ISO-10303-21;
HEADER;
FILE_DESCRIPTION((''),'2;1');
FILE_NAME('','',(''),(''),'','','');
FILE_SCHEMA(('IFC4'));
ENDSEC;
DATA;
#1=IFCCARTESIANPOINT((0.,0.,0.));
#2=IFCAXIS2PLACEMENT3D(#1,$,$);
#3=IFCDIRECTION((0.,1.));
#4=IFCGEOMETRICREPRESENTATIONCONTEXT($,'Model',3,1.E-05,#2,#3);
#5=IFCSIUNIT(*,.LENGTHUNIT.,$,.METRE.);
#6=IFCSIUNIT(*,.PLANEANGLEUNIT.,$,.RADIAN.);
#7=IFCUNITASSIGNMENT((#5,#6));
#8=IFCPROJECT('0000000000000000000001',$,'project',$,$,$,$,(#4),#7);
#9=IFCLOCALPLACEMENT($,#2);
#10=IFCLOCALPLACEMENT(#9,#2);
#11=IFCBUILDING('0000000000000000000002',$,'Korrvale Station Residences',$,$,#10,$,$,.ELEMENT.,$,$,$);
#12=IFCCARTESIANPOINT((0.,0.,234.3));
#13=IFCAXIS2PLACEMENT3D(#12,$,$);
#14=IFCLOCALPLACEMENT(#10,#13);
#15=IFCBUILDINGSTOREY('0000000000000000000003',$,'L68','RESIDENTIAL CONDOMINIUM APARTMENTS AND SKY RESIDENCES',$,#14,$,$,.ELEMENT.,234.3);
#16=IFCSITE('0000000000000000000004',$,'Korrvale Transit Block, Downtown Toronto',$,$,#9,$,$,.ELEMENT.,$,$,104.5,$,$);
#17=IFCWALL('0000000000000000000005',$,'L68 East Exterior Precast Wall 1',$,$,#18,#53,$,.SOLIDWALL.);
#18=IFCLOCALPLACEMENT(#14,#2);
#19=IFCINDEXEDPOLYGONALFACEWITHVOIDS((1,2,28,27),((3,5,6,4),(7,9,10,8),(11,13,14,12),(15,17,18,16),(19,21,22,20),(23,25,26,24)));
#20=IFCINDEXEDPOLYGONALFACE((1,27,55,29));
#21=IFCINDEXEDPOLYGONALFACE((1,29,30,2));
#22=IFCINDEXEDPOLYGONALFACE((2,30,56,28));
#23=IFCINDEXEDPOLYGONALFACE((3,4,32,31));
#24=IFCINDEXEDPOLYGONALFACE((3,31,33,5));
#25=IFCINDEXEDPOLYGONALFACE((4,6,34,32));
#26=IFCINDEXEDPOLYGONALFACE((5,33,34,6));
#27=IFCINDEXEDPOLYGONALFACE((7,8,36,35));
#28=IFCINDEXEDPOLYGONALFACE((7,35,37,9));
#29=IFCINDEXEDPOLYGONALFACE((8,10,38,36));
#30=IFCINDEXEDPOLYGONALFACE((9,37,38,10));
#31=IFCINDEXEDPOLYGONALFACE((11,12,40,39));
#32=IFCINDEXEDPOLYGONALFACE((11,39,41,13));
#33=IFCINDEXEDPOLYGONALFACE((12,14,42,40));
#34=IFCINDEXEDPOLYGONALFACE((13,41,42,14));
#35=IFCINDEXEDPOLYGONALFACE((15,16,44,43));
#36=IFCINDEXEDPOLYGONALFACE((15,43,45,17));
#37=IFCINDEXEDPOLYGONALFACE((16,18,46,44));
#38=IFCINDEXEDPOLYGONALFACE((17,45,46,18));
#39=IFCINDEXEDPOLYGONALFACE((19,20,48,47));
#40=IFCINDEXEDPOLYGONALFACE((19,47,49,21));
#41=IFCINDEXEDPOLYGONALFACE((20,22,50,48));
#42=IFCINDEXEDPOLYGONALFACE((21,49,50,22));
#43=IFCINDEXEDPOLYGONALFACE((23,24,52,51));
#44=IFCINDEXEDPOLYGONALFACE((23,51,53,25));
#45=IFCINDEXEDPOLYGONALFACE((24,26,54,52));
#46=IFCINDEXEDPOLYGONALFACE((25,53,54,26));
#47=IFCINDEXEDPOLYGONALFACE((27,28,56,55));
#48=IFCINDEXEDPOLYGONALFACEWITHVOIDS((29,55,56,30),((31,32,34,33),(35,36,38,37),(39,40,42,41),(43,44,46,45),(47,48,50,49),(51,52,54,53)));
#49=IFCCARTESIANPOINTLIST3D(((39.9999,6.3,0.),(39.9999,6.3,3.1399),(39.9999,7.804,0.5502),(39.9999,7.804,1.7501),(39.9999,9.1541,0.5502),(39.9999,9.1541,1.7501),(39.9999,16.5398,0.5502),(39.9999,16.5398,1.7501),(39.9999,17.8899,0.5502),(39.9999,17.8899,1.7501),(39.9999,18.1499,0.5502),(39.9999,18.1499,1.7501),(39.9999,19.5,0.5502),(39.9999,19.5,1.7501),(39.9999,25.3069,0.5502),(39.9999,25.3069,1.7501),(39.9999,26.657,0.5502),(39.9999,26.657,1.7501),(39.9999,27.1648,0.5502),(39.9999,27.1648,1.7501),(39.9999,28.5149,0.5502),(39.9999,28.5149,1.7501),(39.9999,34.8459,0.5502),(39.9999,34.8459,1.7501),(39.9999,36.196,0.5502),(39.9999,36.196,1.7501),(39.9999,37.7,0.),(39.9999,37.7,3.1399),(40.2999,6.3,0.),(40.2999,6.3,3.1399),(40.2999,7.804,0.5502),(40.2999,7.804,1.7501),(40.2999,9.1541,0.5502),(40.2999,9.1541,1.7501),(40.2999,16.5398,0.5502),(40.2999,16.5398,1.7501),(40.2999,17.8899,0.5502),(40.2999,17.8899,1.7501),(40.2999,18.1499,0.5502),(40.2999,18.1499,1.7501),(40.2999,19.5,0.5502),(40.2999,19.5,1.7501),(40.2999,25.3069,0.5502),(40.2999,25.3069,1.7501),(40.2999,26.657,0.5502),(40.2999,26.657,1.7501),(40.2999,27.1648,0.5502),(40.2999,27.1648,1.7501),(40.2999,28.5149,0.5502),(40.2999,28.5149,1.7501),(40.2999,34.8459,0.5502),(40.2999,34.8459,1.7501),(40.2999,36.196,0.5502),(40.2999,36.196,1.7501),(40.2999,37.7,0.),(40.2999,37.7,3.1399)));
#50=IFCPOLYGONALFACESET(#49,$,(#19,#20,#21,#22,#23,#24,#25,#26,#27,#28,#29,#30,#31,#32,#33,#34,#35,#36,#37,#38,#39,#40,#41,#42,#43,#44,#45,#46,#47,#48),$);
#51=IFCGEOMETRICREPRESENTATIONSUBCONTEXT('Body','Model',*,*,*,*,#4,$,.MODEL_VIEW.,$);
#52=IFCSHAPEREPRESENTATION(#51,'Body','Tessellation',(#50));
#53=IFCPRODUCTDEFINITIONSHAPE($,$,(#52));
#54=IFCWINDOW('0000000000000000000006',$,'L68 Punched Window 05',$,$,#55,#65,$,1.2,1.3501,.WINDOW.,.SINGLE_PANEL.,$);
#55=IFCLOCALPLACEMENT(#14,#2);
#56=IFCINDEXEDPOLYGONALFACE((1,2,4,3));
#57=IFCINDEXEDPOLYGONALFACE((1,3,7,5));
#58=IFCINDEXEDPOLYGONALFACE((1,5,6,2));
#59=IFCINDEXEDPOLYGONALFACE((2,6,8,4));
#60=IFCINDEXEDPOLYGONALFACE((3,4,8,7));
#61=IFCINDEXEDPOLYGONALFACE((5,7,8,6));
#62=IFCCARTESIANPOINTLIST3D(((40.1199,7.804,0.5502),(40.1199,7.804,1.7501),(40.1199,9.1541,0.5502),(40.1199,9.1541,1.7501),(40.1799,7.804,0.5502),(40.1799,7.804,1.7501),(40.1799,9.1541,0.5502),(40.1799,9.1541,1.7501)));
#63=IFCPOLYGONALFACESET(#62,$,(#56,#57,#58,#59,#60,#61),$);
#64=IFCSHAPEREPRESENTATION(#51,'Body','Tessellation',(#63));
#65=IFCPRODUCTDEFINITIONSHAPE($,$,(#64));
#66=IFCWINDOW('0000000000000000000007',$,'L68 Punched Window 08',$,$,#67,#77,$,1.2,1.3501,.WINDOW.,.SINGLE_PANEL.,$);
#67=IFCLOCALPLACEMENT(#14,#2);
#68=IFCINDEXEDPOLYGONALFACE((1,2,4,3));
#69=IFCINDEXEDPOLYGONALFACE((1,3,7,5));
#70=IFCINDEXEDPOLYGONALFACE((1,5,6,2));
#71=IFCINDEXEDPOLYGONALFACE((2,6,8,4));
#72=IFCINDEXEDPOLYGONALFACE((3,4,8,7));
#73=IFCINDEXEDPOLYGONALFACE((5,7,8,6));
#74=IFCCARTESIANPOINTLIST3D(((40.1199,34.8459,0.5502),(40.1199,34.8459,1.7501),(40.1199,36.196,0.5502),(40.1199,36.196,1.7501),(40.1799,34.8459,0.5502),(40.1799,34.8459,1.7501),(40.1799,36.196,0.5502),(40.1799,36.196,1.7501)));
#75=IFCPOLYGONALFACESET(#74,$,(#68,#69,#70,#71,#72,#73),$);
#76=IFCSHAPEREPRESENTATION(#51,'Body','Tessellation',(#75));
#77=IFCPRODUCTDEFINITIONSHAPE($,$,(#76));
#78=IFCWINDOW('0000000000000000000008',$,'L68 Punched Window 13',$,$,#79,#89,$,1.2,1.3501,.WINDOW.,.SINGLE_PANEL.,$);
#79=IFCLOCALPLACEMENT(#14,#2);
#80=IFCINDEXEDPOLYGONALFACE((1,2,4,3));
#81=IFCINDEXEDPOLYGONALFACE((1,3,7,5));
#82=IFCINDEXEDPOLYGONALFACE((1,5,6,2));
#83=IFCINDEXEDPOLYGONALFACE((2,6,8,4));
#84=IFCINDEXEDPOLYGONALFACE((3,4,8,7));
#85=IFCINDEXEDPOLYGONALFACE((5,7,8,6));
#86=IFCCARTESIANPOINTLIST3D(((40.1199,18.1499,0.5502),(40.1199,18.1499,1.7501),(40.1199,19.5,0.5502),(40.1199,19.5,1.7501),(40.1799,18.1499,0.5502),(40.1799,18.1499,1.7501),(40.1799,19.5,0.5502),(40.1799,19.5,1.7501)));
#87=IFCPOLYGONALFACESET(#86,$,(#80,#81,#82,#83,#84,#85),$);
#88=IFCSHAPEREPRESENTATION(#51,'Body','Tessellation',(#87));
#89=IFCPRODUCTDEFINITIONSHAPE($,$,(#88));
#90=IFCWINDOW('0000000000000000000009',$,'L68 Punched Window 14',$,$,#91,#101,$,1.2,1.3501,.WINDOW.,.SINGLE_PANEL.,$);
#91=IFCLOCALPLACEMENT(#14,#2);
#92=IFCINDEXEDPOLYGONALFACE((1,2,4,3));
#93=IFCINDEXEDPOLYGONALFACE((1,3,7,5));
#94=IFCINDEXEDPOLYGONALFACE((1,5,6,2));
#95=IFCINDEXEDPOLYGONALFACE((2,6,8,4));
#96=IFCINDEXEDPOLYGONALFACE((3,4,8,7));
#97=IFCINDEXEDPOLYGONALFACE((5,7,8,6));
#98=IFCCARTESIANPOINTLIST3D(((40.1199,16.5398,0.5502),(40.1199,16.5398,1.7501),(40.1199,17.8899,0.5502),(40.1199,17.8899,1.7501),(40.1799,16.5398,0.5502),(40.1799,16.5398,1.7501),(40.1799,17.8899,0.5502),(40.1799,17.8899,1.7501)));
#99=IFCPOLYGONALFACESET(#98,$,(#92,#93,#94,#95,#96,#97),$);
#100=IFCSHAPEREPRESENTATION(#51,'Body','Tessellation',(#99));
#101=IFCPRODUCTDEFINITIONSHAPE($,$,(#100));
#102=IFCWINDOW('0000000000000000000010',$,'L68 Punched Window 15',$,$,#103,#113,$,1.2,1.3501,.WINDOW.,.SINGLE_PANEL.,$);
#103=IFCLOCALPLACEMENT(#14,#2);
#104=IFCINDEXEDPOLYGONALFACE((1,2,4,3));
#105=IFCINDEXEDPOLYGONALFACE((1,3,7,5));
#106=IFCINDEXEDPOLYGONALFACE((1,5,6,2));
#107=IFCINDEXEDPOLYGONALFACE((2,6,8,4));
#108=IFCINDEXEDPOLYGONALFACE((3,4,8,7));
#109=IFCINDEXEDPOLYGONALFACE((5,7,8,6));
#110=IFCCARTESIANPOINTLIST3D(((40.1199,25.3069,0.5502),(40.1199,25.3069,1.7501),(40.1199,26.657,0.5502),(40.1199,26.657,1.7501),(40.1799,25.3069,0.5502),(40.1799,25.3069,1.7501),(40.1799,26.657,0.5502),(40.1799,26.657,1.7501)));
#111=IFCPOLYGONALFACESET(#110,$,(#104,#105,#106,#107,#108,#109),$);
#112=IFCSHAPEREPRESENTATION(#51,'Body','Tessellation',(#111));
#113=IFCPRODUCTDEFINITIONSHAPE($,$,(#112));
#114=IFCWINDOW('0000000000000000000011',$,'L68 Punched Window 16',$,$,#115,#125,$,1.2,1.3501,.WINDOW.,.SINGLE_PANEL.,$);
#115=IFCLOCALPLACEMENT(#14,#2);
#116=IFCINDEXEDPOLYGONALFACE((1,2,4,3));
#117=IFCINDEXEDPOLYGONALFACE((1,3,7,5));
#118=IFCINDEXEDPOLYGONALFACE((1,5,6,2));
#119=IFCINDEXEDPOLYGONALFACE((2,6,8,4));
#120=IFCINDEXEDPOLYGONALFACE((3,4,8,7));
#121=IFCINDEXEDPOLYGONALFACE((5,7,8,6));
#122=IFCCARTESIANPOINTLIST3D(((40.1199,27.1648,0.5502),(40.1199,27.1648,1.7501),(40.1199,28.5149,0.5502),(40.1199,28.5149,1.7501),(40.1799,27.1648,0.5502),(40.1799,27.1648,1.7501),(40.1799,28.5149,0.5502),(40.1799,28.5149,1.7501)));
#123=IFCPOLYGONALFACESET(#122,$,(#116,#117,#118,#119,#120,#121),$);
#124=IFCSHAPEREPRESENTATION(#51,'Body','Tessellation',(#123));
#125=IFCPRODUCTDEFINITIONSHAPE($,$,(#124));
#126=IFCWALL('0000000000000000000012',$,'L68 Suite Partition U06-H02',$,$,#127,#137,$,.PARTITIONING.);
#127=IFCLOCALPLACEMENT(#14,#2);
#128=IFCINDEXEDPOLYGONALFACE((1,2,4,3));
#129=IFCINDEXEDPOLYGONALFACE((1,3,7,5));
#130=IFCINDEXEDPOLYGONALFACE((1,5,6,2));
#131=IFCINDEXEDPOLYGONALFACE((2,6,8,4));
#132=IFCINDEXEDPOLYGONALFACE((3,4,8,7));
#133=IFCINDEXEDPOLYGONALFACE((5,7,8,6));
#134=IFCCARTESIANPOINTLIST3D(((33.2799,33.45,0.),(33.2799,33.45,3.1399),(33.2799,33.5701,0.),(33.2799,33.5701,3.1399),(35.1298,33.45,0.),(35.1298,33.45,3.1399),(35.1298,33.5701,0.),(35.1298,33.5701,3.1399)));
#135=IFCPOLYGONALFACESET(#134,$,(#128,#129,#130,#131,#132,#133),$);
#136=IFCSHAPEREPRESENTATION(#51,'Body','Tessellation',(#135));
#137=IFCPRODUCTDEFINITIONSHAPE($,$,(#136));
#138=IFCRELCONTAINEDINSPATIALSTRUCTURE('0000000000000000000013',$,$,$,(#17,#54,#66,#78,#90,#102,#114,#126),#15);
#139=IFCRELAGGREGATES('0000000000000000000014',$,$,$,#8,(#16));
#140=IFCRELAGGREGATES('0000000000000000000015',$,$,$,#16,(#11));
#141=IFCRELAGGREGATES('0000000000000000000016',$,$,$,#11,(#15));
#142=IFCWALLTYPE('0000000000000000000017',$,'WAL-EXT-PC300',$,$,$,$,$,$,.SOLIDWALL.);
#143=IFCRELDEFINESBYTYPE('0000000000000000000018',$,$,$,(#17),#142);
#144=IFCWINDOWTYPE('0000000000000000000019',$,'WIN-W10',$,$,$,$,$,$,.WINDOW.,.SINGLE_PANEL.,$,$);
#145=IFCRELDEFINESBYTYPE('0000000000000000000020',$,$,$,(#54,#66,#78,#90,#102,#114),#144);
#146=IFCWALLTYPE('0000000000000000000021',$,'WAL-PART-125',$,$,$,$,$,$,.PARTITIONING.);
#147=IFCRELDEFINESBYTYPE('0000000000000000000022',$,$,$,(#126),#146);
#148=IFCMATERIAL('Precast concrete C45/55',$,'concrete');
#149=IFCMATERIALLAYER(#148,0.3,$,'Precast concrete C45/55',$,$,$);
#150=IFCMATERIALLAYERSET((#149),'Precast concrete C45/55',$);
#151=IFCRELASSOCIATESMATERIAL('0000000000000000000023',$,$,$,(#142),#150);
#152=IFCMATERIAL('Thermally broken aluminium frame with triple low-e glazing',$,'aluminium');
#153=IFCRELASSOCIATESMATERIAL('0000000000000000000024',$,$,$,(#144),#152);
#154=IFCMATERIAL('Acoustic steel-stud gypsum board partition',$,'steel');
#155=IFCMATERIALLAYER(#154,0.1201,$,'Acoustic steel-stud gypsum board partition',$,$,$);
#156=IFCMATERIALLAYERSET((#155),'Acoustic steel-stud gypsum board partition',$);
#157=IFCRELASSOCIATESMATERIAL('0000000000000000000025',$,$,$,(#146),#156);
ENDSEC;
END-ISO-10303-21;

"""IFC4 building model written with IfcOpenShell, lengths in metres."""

from ifc_helpers import new_model, si_unit, direction, frame, frame_2d, origin, place, context, subcontext, project, spatial, rectangle, extrude, material, layer, layer_set, type_object, element, fill, save


model = new_model("IFC4")

# Units and contexts
model_context = context("Model", 3, precision=1e-05, world=origin(), true_north=direction((0.0, 1.0)))
body_context = subcontext(model_context, "Body", "Model", "MODEL_VIEW")
ifc_project = project(units=[si_unit("LENGTHUNIT", "METRE"), si_unit("PLANEANGLEUNIT", "RADIAN")], contexts=[model_context])

# Site, building, storey
site_placement = place(None, origin())
site = spatial("IfcSite", under=ifc_project, at=site_placement, Name="Korrvale Transit Block, Downtown Toronto", CompositionType="ELEMENT", RefElevation=104.5)
building_placement = place(site_placement, origin())
building = spatial("IfcBuilding", under=site, at=building_placement, Name="Korrvale Station Residences", CompositionType="ELEMENT")
storey_placement = place(building_placement, frame((0.0, 0.0, 234.3)))
storey = spatial("IfcBuildingStorey", under=building, at=storey_placement, Name="L68", Description="RESIDENTIAL CONDOMINIUM APARTMENTS AND SKY RESIDENCES", CompositionType="ELEMENT", Elevation=234.3)

# Shared definitions
ifc_material_1 = material(Name="Precast concrete C45/55", Category="concrete")
ifc_layer_1 = layer(ifc_material_1, 0.3, Name="Precast concrete C45/55")
ifc_layer_set_1 = layer_set([ifc_layer_1], Name="Precast concrete C45/55")
wall_type_1 = type_object("IfcWallType", Name="WAL-EXT-PC300", PredefinedType="SOLIDWALL", material=ifc_layer_set_1)

# Wall, openings, windows
wall_1_placement = place(storey_placement, frame((40.1499, 37.7, 0.0), z_axis=(0.0, 0.0, 1.0), x_axis=(0.0, -1.0, 0.0)))
wall_1 = element("IfcWall", 1, at=wall_1_placement, inside=storey, type_object=wall_type_1, Name="L68 East Exterior Precast Wall 1", PredefinedType="SOLIDWALL", context=body_context, shape_type="SweptSolid", body=[
    extrude(rectangle(XDim=31.3999, YDim=0.3, at=frame_2d((15.7, 0.0))), origin(), (0.0, 0.0, 1.0), 3.1399),
])
opening_1_placement = place(wall_1_placement, frame((28.5459, 0.0, 0.55)))
opening_1 = element("IfcOpeningElement", 2, at=opening_1_placement, cuts=wall_1, PredefinedType="OPENING", context=body_context, shape_type="SweptSolid", body=[
    extrude(rectangle(XDim=1.3501, YDim=1.2, at=frame_2d((0.675, 0.6001))), frame((0.0, 0.1602, 0.0), z_axis=(0.0, -1.0, 0.0), x_axis=(1.0, 0.0, 0.0)), (0.0, 0.0, 1.0), 0.3201),
])
opening_2_placement = place(wall_1_placement, frame((1.5039, 0.0, 0.55)))
opening_2 = element("IfcOpeningElement", 3, at=opening_2_placement, cuts=wall_1, PredefinedType="OPENING", context=body_context, shape_type="SweptSolid", body=[
    extrude(rectangle(XDim=1.3501, YDim=1.2, at=frame_2d((0.675, 0.6001))), frame((0.0, 0.1602, 0.0), z_axis=(0.0, -1.0, 0.0), x_axis=(1.0, 0.0, 0.0)), (0.0, 0.0, 1.0), 0.3201),
])
opening_3_placement = place(wall_1_placement, frame((18.2, 0.0, 0.55)))
opening_3 = element("IfcOpeningElement", 4, at=opening_3_placement, cuts=wall_1, PredefinedType="OPENING", context=body_context, shape_type="SweptSolid", body=[
    extrude(rectangle(XDim=1.3501, YDim=1.2, at=frame_2d((0.675, 0.6001))), frame((0.0, 0.1602, 0.0), z_axis=(0.0, -1.0, 0.0), x_axis=(1.0, 0.0, 0.0)), (0.0, 0.0, 1.0), 0.3201),
])
opening_4_placement = place(wall_1_placement, frame((19.8101, 0.0, 0.55)))
opening_4 = element("IfcOpeningElement", 5, at=opening_4_placement, cuts=wall_1, PredefinedType="OPENING", context=body_context, shape_type="SweptSolid", body=[
    extrude(rectangle(XDim=1.3501, YDim=1.2, at=frame_2d((0.675, 0.6001))), frame((0.0, 0.1602, 0.0), z_axis=(0.0, -1.0, 0.0), x_axis=(1.0, 0.0, 0.0)), (0.0, 0.0, 1.0), 0.3201),
])
opening_5_placement = place(wall_1_placement, frame((11.043, 0.0, 0.55)))
opening_5 = element("IfcOpeningElement", 6, at=opening_5_placement, cuts=wall_1, PredefinedType="OPENING", context=body_context, shape_type="SweptSolid", body=[
    extrude(rectangle(XDim=1.3501, YDim=1.2, at=frame_2d((0.675, 0.6001))), frame((0.0, 0.1602, 0.0), z_axis=(0.0, -1.0, 0.0), x_axis=(1.0, 0.0, 0.0)), (0.0, 0.0, 1.0), 0.3201),
])
opening_6_placement = place(wall_1_placement, frame((9.1851, 0.0, 0.55)))
opening_6 = element("IfcOpeningElement", 7, at=opening_6_placement, cuts=wall_1, PredefinedType="OPENING", context=body_context, shape_type="SweptSolid", body=[
    extrude(rectangle(XDim=1.3501, YDim=1.2, at=frame_2d((0.675, 0.6001))), frame((0.0, 0.1602, 0.0), z_axis=(0.0, -1.0, 0.0), x_axis=(1.0, 0.0, 0.0)), (0.0, 0.0, 1.0), 0.3201),
])
ifc_material_2 = material(Name="Thermally broken aluminium frame with triple low-e glazing", Category="aluminium")
window_type = type_object("IfcWindowType", Name="WIN-W10", PartitioningType="SINGLE_PANEL", PredefinedType="WINDOW", material=ifc_material_2)
window_1_placement = place(opening_1_placement, origin())
window_1 = element("IfcWindow", 8, at=window_1_placement, inside=storey, type_object=window_type, Name="L68 Punched Window 05", OverallHeight=1.2, OverallWidth=1.3501, PartitioningType="SINGLE_PANEL", PredefinedType="WINDOW", context=body_context, shape_type="SweptSolid", body=[
    extrude(rectangle(XDim=1.3501, YDim=1.2, at=frame_2d((0.675, 0.6001))), frame((0.0, 0.03, 0.0), z_axis=(0.0, -1.0, 0.0), x_axis=(1.0, 0.0, 0.0)), (0.0, 0.0, 1.0), 0.0601),
])
fill(opening_1, window_1)
window_2_placement = place(opening_2_placement, origin())
window_2 = element("IfcWindow", 9, at=window_2_placement, inside=storey, type_object=window_type, Name="L68 Punched Window 08", OverallHeight=1.2, OverallWidth=1.3501, PartitioningType="SINGLE_PANEL", PredefinedType="WINDOW", context=body_context, shape_type="SweptSolid", body=[
    extrude(rectangle(XDim=1.3501, YDim=1.2, at=frame_2d((0.675, 0.6001))), frame((0.0, 0.03, 0.0), z_axis=(0.0, -1.0, 0.0), x_axis=(1.0, 0.0, 0.0)), (0.0, 0.0, 1.0), 0.0601),
])
fill(opening_2, window_2)
window_3_placement = place(opening_3_placement, origin())
window_3 = element("IfcWindow", 10, at=window_3_placement, inside=storey, type_object=window_type, Name="L68 Punched Window 13", OverallHeight=1.2, OverallWidth=1.3501, PartitioningType="SINGLE_PANEL", PredefinedType="WINDOW", context=body_context, shape_type="SweptSolid", body=[
    extrude(rectangle(XDim=1.3501, YDim=1.2, at=frame_2d((0.675, 0.6001))), frame((0.0, 0.03, 0.0), z_axis=(0.0, -1.0, 0.0), x_axis=(1.0, 0.0, 0.0)), (0.0, 0.0, 1.0), 0.0601),
])
fill(opening_3, window_3)
window_4_placement = place(opening_4_placement, origin())
window_4 = element("IfcWindow", 11, at=window_4_placement, inside=storey, type_object=window_type, Name="L68 Punched Window 14", OverallHeight=1.2, OverallWidth=1.3501, PartitioningType="SINGLE_PANEL", PredefinedType="WINDOW", context=body_context, shape_type="SweptSolid", body=[
    extrude(rectangle(XDim=1.3501, YDim=1.2, at=frame_2d((0.675, 0.6001))), frame((0.0, 0.03, 0.0), z_axis=(0.0, -1.0, 0.0), x_axis=(1.0, 0.0, 0.0)), (0.0, 0.0, 1.0), 0.0601),
])
fill(opening_4, window_4)
window_5_placement = place(opening_5_placement, origin())
window_5 = element("IfcWindow", 12, at=window_5_placement, inside=storey, type_object=window_type, Name="L68 Punched Window 15", OverallHeight=1.2, OverallWidth=1.3501, PartitioningType="SINGLE_PANEL", PredefinedType="WINDOW", context=body_context, shape_type="SweptSolid", body=[
    extrude(rectangle(XDim=1.3501, YDim=1.2, at=frame_2d((0.675, 0.6001))), frame((0.0, 0.03, 0.0), z_axis=(0.0, -1.0, 0.0), x_axis=(1.0, 0.0, 0.0)), (0.0, 0.0, 1.0), 0.0601),
])
fill(opening_5, window_5)
window_6_placement = place(opening_6_placement, origin())
window_6 = element("IfcWindow", 13, at=window_6_placement, inside=storey, type_object=window_type, Name="L68 Punched Window 16", OverallHeight=1.2, OverallWidth=1.3501, PartitioningType="SINGLE_PANEL", PredefinedType="WINDOW", context=body_context, shape_type="SweptSolid", body=[
    extrude(rectangle(XDim=1.3501, YDim=1.2, at=frame_2d((0.675, 0.6001))), frame((0.0, 0.03, 0.0), z_axis=(0.0, -1.0, 0.0), x_axis=(1.0, 0.0, 0.0)), (0.0, 0.0, 1.0), 0.0601),
])
fill(opening_6, window_6)

# Wall
ifc_material_3 = material(Name="Acoustic steel-stud gypsum board partition", Category="steel")
ifc_layer_2 = layer(ifc_material_3, 0.1201, Name="Acoustic steel-stud gypsum board partition")
ifc_layer_set_2 = layer_set([ifc_layer_2], Name="Acoustic steel-stud gypsum board partition")
wall_type_2 = type_object("IfcWallType", Name="WAL-PART-125", PredefinedType="PARTITIONING", material=ifc_layer_set_2)
wall_2_placement = place(storey_placement, frame((33.28, 33.51, 0.0), z_axis=(0.0, 0.0, 1.0), x_axis=(1.0, 0.0, 0.0)))
element("IfcWall", 14, at=wall_2_placement, inside=storey, type_object=wall_type_2, Name="L68 Suite Partition U06-H02", PredefinedType="PARTITIONING", context=body_context, shape_type="SweptSolid", body=[
    extrude(rectangle(XDim=1.8499, YDim=0.1201, at=frame_2d((0.9248, 0.0))), origin(), (0.0, 0.0, 1.0), 3.1399),
])

save(model, "model.ifc")
